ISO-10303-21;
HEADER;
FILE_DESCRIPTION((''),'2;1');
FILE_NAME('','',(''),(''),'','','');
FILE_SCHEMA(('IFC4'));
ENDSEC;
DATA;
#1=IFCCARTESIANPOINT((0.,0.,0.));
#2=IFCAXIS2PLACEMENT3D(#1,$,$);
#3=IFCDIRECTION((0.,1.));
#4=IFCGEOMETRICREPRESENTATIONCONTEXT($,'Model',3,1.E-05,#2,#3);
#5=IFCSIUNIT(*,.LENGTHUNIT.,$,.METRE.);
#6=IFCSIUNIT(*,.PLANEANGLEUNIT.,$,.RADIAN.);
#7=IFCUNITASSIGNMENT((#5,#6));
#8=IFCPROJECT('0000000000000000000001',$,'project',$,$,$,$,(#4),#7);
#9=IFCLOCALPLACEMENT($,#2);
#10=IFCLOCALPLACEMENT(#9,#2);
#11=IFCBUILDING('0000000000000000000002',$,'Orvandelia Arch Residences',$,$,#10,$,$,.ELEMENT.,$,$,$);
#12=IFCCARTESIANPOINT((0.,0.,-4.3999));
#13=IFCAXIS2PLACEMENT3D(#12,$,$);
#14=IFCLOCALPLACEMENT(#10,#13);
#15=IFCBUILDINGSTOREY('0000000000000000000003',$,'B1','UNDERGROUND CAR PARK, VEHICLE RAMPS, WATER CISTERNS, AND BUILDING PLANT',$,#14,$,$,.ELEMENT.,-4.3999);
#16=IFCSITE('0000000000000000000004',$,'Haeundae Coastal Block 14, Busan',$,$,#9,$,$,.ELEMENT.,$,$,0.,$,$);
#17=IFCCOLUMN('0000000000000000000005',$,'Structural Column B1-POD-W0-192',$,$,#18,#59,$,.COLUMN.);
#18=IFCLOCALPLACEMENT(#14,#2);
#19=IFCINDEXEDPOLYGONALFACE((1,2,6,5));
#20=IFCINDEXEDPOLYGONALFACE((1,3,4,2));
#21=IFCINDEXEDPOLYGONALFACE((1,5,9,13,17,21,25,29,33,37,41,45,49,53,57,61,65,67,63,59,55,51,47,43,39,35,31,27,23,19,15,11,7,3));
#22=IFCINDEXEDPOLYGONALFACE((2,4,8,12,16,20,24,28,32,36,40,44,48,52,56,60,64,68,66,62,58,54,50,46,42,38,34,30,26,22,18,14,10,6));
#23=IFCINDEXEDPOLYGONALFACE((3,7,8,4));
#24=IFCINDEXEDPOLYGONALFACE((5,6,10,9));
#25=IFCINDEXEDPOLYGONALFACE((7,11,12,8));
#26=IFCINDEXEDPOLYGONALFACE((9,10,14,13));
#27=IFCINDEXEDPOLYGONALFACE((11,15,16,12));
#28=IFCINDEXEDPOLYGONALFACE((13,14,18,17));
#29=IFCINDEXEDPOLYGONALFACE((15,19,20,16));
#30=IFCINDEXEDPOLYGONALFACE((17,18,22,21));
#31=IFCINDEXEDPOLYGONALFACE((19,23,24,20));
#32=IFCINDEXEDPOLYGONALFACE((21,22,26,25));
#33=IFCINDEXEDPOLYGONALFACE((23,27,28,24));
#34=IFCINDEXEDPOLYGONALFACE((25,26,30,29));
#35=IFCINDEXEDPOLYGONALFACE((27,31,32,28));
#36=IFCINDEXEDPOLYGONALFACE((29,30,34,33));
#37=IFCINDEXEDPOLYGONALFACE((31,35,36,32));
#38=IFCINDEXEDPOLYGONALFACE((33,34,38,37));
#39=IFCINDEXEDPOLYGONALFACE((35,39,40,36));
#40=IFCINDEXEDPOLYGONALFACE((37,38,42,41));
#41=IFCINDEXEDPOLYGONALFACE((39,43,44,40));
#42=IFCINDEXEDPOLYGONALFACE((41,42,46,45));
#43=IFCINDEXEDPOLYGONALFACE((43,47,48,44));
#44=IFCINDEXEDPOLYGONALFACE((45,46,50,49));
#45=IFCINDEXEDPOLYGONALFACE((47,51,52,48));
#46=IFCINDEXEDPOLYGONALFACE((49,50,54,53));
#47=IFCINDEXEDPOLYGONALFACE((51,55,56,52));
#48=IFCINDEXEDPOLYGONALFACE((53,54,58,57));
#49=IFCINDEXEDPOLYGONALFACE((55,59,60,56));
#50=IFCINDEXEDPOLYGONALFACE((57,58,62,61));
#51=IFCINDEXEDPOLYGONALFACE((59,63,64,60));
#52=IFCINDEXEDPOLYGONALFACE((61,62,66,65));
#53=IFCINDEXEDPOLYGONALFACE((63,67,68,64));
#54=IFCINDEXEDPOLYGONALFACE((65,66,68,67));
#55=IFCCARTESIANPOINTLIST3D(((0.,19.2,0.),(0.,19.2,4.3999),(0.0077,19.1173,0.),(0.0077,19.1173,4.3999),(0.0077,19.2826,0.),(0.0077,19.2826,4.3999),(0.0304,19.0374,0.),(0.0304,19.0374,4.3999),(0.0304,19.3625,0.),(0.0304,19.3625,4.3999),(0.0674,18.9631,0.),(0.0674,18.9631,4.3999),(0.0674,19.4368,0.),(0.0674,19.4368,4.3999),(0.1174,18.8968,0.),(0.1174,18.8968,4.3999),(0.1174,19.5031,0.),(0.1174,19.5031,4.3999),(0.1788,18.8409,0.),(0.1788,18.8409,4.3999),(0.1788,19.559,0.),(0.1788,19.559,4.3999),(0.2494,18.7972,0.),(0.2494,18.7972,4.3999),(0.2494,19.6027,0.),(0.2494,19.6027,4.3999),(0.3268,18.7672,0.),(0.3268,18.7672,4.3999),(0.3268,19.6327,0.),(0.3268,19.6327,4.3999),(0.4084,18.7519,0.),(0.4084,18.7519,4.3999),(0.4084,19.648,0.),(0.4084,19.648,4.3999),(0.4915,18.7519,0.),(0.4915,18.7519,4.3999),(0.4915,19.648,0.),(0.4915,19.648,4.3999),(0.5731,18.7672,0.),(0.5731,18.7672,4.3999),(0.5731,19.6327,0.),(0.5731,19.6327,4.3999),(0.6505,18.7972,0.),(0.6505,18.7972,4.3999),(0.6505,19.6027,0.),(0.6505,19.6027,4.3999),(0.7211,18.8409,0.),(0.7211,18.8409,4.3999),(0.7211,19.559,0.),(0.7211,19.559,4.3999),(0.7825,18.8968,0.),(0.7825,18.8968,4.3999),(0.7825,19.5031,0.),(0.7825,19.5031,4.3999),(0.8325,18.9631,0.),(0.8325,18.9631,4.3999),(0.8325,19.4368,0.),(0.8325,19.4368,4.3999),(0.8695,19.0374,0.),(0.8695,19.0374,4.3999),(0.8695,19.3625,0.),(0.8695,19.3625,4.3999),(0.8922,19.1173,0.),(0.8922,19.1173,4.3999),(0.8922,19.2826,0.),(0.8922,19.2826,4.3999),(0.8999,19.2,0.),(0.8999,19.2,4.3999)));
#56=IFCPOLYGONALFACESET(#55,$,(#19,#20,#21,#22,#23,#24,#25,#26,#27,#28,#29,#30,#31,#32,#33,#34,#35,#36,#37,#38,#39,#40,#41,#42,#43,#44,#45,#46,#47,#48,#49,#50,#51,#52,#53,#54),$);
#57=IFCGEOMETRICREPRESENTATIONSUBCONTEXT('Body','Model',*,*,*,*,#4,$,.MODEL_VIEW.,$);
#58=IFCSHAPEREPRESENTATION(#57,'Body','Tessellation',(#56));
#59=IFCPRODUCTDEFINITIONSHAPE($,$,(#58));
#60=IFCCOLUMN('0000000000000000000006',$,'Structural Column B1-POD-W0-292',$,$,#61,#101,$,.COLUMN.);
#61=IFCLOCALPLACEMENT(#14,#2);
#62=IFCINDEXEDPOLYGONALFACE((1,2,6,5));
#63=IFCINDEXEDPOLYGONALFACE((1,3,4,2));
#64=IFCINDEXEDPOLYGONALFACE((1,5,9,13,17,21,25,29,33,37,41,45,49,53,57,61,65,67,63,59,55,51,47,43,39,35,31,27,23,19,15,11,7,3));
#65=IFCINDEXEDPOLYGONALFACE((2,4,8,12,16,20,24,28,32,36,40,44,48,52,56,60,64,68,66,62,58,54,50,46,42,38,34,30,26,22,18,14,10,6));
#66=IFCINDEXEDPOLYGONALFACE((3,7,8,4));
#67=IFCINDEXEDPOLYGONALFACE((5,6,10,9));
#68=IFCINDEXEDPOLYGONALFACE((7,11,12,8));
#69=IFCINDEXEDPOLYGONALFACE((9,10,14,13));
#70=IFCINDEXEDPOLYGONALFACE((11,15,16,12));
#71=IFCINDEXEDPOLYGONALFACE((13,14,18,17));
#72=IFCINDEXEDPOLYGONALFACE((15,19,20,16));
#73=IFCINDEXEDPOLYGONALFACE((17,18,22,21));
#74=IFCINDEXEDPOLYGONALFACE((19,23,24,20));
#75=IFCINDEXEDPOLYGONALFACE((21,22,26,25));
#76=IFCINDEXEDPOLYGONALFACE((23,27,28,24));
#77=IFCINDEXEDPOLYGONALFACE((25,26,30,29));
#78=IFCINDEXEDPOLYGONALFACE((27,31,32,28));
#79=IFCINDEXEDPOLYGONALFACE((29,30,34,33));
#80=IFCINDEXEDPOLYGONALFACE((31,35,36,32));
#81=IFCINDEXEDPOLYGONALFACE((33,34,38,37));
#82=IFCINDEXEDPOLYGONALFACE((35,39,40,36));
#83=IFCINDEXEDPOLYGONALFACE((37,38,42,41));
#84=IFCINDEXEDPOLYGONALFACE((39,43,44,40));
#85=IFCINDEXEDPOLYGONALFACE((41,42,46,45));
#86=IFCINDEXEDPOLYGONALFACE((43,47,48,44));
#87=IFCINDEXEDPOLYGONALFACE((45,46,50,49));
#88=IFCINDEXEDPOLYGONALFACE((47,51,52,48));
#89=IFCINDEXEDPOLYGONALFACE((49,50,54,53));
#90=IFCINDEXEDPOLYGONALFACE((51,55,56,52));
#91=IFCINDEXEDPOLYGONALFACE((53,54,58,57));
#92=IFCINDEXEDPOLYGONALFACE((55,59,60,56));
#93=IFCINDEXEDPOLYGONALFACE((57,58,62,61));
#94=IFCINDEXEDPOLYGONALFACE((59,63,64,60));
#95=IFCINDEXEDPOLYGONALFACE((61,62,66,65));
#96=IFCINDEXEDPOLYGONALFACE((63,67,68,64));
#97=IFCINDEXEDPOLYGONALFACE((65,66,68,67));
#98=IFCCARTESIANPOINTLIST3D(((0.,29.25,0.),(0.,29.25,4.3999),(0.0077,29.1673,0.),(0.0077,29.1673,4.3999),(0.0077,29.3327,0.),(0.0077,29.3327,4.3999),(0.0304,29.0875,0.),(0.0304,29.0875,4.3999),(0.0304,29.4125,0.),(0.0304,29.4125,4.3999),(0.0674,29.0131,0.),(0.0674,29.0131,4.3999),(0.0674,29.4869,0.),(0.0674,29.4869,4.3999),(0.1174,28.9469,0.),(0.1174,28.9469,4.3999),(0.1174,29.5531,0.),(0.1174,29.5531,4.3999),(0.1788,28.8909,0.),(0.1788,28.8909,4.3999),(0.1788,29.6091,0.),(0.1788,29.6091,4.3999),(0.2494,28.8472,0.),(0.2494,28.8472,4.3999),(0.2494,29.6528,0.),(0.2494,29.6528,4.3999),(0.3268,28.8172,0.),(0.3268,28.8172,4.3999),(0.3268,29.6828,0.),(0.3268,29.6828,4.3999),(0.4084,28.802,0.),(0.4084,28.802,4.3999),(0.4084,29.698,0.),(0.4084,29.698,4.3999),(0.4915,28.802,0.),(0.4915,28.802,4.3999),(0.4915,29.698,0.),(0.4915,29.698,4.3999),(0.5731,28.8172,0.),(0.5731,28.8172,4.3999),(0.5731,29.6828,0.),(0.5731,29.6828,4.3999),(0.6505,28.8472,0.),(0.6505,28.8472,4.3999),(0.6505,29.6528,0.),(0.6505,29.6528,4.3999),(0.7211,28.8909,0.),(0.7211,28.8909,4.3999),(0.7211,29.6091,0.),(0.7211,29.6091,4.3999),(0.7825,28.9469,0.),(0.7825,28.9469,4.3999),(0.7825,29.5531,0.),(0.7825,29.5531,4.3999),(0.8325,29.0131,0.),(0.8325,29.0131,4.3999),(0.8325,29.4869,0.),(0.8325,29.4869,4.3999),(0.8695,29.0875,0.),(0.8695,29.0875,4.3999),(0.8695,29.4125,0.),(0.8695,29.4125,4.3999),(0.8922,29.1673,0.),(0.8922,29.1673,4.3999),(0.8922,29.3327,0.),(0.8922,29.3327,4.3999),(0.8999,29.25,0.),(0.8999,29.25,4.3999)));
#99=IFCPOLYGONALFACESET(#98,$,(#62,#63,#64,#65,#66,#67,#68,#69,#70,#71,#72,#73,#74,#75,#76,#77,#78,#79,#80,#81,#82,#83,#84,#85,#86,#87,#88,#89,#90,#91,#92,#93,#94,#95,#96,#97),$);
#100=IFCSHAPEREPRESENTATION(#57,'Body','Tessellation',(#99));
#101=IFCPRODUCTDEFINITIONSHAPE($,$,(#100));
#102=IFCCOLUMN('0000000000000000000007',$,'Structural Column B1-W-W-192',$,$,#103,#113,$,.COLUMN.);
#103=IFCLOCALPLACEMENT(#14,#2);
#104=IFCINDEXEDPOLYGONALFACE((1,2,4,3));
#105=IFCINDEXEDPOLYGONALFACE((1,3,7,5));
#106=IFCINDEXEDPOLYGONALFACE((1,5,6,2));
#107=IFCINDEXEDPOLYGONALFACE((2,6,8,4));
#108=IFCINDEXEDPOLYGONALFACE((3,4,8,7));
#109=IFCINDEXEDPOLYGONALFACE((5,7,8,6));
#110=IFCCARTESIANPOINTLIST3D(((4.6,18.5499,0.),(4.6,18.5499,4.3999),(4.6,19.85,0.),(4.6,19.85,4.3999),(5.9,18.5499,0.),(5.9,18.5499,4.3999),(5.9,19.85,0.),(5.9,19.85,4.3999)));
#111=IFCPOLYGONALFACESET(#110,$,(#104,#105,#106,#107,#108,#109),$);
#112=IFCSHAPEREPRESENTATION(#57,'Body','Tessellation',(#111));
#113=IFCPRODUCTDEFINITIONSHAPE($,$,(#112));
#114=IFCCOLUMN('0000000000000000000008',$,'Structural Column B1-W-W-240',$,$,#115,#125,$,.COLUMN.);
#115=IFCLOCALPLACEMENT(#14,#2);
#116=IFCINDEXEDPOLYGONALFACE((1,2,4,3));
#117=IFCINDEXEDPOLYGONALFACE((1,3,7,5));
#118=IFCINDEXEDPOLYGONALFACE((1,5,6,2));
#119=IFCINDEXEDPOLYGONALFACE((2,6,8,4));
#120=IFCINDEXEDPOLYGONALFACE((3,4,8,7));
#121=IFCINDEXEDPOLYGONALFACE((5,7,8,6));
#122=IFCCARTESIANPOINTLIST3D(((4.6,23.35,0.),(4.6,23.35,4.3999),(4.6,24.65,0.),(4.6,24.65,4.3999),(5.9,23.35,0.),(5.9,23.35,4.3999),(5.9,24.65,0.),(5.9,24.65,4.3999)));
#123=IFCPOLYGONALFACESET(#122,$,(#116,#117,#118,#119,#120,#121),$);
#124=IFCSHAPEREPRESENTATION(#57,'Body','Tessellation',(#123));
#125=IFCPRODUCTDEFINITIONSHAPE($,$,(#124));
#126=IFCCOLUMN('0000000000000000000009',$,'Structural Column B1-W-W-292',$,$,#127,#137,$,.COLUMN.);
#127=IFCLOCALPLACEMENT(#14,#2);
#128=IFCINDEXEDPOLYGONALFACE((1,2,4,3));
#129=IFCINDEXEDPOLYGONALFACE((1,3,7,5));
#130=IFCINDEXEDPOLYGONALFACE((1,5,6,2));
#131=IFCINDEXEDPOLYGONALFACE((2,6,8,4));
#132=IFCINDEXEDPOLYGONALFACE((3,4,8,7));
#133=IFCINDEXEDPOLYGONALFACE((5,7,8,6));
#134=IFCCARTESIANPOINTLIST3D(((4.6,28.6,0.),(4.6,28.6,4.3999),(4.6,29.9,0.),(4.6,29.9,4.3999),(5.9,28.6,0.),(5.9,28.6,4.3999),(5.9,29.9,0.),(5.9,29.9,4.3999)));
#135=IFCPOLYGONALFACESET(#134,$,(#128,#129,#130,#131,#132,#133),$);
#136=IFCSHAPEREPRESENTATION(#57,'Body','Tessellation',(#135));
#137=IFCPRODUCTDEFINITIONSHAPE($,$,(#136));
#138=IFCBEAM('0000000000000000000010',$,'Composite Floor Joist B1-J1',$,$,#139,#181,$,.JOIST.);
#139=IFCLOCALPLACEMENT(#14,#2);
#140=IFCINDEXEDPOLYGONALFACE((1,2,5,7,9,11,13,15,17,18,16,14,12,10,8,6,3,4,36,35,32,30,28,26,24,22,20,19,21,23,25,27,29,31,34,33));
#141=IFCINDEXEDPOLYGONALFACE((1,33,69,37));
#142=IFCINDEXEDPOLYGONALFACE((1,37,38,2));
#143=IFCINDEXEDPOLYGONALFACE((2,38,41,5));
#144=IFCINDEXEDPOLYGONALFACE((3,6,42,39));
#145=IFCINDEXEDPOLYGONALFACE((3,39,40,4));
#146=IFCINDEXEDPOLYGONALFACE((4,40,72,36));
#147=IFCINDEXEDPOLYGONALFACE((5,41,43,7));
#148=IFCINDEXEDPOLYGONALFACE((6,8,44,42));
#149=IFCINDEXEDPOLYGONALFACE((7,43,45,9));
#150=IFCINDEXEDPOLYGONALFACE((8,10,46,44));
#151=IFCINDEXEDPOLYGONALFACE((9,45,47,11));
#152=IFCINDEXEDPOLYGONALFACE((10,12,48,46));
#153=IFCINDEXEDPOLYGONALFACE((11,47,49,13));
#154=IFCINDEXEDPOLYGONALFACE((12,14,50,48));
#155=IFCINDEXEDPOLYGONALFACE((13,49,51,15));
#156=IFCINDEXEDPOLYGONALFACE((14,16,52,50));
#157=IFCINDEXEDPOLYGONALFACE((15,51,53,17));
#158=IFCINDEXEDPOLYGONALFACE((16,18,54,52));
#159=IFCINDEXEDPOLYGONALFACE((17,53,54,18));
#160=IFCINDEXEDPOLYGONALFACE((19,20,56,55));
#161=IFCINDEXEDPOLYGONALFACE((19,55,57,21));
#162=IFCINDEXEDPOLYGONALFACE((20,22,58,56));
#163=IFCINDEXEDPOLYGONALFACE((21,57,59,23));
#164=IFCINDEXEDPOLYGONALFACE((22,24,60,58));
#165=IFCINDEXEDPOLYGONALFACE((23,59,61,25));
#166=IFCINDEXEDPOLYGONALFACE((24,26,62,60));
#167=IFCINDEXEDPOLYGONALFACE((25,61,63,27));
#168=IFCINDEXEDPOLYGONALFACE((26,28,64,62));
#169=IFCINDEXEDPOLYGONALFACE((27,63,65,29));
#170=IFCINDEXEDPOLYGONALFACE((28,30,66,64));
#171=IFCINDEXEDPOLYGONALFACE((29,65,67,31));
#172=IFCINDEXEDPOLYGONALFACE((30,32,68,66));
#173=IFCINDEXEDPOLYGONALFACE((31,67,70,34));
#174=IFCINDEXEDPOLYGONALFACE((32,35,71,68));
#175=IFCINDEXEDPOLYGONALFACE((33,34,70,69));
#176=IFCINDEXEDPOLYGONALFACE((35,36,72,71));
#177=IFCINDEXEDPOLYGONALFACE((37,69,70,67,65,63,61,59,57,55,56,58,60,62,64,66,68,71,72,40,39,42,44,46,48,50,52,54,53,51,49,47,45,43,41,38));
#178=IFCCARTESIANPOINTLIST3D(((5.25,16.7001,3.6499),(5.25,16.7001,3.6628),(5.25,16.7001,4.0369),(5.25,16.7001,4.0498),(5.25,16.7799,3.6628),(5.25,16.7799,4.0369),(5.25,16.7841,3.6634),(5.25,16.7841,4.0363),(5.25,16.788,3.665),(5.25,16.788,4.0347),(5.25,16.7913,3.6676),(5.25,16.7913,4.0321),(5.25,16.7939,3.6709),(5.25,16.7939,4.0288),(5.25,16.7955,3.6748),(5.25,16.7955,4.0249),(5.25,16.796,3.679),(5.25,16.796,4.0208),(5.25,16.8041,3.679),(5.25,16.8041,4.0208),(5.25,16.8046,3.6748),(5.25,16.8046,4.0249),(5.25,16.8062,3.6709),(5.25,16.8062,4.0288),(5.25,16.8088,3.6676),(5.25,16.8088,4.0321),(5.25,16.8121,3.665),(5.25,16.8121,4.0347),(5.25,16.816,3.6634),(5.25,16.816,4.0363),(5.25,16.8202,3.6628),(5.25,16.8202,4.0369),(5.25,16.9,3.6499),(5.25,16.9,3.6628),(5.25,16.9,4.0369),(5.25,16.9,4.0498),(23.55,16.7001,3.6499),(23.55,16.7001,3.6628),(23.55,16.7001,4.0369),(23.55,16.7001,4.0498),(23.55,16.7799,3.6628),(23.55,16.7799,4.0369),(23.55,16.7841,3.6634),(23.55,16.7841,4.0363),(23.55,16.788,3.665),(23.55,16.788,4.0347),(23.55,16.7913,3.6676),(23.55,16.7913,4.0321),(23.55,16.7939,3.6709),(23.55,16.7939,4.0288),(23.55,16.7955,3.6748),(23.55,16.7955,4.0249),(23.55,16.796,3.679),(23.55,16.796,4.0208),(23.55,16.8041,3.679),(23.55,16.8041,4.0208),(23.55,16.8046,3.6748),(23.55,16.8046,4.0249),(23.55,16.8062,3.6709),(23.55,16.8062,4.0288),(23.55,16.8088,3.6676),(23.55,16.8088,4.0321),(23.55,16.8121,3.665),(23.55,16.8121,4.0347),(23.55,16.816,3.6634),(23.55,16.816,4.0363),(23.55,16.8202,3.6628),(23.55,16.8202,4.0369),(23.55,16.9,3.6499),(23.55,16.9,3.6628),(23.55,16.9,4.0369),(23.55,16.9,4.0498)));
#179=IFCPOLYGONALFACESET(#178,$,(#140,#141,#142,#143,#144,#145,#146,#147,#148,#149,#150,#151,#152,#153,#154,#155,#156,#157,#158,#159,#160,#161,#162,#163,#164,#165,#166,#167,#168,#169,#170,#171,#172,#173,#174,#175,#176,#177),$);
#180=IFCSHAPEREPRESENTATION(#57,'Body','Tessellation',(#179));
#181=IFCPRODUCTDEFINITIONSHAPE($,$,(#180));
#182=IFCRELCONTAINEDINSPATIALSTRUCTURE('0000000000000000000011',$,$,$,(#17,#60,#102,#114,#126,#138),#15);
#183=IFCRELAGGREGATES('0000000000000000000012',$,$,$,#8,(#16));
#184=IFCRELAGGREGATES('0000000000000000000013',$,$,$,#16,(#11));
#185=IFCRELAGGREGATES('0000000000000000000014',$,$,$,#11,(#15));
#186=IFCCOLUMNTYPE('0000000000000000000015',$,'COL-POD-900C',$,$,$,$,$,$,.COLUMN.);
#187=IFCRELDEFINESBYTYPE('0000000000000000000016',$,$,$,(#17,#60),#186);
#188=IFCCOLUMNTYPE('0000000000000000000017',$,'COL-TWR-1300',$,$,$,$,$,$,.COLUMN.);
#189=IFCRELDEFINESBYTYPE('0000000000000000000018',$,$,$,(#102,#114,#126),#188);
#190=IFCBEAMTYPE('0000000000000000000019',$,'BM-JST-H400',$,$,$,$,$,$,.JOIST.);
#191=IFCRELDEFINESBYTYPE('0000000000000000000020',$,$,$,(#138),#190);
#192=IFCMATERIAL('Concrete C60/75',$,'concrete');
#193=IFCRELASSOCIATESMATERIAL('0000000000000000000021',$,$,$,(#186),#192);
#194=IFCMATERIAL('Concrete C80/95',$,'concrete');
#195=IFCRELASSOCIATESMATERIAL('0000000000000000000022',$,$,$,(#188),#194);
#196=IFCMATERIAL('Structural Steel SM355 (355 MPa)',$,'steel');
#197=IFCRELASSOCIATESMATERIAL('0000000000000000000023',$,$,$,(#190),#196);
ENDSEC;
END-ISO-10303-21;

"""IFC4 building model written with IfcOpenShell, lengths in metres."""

from ifc_helpers import new_model, si_unit, direction, frame, origin, origin_2d, place, context, subcontext, project, spatial, rectangle, circle, i_section, extrude, material, material_profile, profile_set, type_object, element, save


model = new_model("IFC4")

# Units and contexts
model_context = context("Model", 3, precision=1e-05, world=origin(), true_north=direction((0.0, 1.0)))
body_context = subcontext(model_context, "Body", "Model", "MODEL_VIEW")
ifc_project = project(units=[si_unit("LENGTHUNIT", "METRE"), si_unit("PLANEANGLEUNIT", "RADIAN")], contexts=[model_context])

# Site, building, storey
site_placement = place(None, origin())
site = spatial("IfcSite", under=ifc_project, at=site_placement, Name="Haeundae Coastal Block 14, Busan", CompositionType="ELEMENT", RefElevation=0.0)
building_placement = place(site_placement, origin())
building = spatial("IfcBuilding", under=site, at=building_placement, Name="Orvandelia Arch Residences", CompositionType="ELEMENT")
storey_placement = place(building_placement, frame((0.0, 0.0, -4.3999)))
storey = spatial("IfcBuildingStorey", under=building, at=storey_placement, Name="B1", Description="UNDERGROUND CAR PARK, VEHICLE RAMPS, WATER CISTERNS, AND BUILDING PLANT", CompositionType="ELEMENT", Elevation=-4.3999)

# Columns
ifc_material_1 = material(Name="Concrete C60/75", Category="concrete")
ifc_material_profile_1 = material_profile(ifc_material_1, circle(Radius=0.45, at=origin_2d()), Name="Concrete C60/75", Category="concrete")
ifc_profile_set_1 = profile_set([ifc_material_profile_1], Name="Concrete C60/75")
column_type_1 = type_object("IfcColumnType", Name="COL-POD-900C", PredefinedType="COLUMN", material=ifc_profile_set_1)
for number, where, z_axis, x_axis, name in (
    (1, (0.45, 19.2, 0.0), (0.0, 0.0, 1.0), (1.0, 0.0, 0.0), "Structural Column B1-POD-W0-192"),
    (2, (0.45, 29.25, 0.0), (0.0, 0.0, 1.0), (1.0, 0.0, 0.0), "Structural Column B1-POD-W0-292"),
):
    element("IfcColumn", number, at=place(storey_placement, frame(where, z_axis=z_axis, x_axis=x_axis)), inside=storey, type_object=column_type_1, Name=name, PredefinedType="COLUMN", context=body_context, shape_type="SweptSolid", body=[
        extrude(circle(Radius=0.45, at=origin_2d()), origin(), (0.0, 0.0, 1.0), 4.3999),
    ])
ifc_material_2 = material(Name="Concrete C80/95", Category="concrete")
ifc_material_profile_2 = material_profile(ifc_material_2, rectangle(XDim=1.3, YDim=1.3, at=origin_2d()), Name="Concrete C80/95", Category="concrete")
ifc_profile_set_2 = profile_set([ifc_material_profile_2], Name="Concrete C80/95")
column_type_2 = type_object("IfcColumnType", Name="COL-TWR-1300", PredefinedType="COLUMN", material=ifc_profile_set_2)
for number, where, z_axis, x_axis, name in (
    (3, (5.25, 19.2, 0.0), (0.0, 0.0, 1.0), (1.0, 0.0, 0.0), "Structural Column B1-W-W-192"),
    (4, (5.25, 24.0, 0.0), (0.0, 0.0, 1.0), (1.0, 0.0, 0.0), "Structural Column B1-W-W-240"),
    (5, (5.25, 29.25, 0.0), (0.0, 0.0, 1.0), (1.0, 0.0, 0.0), "Structural Column B1-W-W-292"),
):
    element("IfcColumn", number, at=place(storey_placement, frame(where, z_axis=z_axis, x_axis=x_axis)), inside=storey, type_object=column_type_2, Name=name, PredefinedType="COLUMN", context=body_context, shape_type="SweptSolid", body=[
        extrude(rectangle(XDim=1.3, YDim=1.3, at=origin_2d()), origin(), (0.0, 0.0, 1.0), 4.3999),
    ])

# Beam
ifc_material_3 = material(Name="Structural Steel SM355 (355 MPa)", Category="steel")
ifc_material_profile_3 = material_profile(ifc_material_3, i_section(OverallWidth=0.2, OverallDepth=0.3999, WebThickness=0.0081, FlangeThickness=0.0129, FilletRadius=0.0161, at=origin_2d()), Name="Structural Steel SM355 (355 MPa)", Category="steel")
ifc_profile_set_3 = profile_set([ifc_material_profile_3], Name="Structural Steel SM355 (355 MPa)")
beam_type_1 = type_object("IfcBeamType", Name="BM-JST-H400", PredefinedType="JOIST", material=ifc_profile_set_3)
for number, where, z_axis, x_axis, name in (
    (6, (5.25, 16.8, 3.8499), (1.0, 0.0, 0.0), (0.0, 1.0, 0.0), "Composite Floor Joist B1-J1"),
):
    element("IfcBeam", number, at=place(storey_placement, frame(where, z_axis=z_axis, x_axis=x_axis)), inside=storey, type_object=beam_type_1, Name=name, PredefinedType="JOIST", context=body_context, shape_type="SweptSolid", body=[
        extrude(i_section(OverallWidth=0.2, OverallDepth=0.3999, WebThickness=0.0081, FlangeThickness=0.0129, FilletRadius=0.0161, at=origin_2d()), origin(), (0.0, 0.0, 1.0), 18.3),
    ])

save(model, "model.ifc")
